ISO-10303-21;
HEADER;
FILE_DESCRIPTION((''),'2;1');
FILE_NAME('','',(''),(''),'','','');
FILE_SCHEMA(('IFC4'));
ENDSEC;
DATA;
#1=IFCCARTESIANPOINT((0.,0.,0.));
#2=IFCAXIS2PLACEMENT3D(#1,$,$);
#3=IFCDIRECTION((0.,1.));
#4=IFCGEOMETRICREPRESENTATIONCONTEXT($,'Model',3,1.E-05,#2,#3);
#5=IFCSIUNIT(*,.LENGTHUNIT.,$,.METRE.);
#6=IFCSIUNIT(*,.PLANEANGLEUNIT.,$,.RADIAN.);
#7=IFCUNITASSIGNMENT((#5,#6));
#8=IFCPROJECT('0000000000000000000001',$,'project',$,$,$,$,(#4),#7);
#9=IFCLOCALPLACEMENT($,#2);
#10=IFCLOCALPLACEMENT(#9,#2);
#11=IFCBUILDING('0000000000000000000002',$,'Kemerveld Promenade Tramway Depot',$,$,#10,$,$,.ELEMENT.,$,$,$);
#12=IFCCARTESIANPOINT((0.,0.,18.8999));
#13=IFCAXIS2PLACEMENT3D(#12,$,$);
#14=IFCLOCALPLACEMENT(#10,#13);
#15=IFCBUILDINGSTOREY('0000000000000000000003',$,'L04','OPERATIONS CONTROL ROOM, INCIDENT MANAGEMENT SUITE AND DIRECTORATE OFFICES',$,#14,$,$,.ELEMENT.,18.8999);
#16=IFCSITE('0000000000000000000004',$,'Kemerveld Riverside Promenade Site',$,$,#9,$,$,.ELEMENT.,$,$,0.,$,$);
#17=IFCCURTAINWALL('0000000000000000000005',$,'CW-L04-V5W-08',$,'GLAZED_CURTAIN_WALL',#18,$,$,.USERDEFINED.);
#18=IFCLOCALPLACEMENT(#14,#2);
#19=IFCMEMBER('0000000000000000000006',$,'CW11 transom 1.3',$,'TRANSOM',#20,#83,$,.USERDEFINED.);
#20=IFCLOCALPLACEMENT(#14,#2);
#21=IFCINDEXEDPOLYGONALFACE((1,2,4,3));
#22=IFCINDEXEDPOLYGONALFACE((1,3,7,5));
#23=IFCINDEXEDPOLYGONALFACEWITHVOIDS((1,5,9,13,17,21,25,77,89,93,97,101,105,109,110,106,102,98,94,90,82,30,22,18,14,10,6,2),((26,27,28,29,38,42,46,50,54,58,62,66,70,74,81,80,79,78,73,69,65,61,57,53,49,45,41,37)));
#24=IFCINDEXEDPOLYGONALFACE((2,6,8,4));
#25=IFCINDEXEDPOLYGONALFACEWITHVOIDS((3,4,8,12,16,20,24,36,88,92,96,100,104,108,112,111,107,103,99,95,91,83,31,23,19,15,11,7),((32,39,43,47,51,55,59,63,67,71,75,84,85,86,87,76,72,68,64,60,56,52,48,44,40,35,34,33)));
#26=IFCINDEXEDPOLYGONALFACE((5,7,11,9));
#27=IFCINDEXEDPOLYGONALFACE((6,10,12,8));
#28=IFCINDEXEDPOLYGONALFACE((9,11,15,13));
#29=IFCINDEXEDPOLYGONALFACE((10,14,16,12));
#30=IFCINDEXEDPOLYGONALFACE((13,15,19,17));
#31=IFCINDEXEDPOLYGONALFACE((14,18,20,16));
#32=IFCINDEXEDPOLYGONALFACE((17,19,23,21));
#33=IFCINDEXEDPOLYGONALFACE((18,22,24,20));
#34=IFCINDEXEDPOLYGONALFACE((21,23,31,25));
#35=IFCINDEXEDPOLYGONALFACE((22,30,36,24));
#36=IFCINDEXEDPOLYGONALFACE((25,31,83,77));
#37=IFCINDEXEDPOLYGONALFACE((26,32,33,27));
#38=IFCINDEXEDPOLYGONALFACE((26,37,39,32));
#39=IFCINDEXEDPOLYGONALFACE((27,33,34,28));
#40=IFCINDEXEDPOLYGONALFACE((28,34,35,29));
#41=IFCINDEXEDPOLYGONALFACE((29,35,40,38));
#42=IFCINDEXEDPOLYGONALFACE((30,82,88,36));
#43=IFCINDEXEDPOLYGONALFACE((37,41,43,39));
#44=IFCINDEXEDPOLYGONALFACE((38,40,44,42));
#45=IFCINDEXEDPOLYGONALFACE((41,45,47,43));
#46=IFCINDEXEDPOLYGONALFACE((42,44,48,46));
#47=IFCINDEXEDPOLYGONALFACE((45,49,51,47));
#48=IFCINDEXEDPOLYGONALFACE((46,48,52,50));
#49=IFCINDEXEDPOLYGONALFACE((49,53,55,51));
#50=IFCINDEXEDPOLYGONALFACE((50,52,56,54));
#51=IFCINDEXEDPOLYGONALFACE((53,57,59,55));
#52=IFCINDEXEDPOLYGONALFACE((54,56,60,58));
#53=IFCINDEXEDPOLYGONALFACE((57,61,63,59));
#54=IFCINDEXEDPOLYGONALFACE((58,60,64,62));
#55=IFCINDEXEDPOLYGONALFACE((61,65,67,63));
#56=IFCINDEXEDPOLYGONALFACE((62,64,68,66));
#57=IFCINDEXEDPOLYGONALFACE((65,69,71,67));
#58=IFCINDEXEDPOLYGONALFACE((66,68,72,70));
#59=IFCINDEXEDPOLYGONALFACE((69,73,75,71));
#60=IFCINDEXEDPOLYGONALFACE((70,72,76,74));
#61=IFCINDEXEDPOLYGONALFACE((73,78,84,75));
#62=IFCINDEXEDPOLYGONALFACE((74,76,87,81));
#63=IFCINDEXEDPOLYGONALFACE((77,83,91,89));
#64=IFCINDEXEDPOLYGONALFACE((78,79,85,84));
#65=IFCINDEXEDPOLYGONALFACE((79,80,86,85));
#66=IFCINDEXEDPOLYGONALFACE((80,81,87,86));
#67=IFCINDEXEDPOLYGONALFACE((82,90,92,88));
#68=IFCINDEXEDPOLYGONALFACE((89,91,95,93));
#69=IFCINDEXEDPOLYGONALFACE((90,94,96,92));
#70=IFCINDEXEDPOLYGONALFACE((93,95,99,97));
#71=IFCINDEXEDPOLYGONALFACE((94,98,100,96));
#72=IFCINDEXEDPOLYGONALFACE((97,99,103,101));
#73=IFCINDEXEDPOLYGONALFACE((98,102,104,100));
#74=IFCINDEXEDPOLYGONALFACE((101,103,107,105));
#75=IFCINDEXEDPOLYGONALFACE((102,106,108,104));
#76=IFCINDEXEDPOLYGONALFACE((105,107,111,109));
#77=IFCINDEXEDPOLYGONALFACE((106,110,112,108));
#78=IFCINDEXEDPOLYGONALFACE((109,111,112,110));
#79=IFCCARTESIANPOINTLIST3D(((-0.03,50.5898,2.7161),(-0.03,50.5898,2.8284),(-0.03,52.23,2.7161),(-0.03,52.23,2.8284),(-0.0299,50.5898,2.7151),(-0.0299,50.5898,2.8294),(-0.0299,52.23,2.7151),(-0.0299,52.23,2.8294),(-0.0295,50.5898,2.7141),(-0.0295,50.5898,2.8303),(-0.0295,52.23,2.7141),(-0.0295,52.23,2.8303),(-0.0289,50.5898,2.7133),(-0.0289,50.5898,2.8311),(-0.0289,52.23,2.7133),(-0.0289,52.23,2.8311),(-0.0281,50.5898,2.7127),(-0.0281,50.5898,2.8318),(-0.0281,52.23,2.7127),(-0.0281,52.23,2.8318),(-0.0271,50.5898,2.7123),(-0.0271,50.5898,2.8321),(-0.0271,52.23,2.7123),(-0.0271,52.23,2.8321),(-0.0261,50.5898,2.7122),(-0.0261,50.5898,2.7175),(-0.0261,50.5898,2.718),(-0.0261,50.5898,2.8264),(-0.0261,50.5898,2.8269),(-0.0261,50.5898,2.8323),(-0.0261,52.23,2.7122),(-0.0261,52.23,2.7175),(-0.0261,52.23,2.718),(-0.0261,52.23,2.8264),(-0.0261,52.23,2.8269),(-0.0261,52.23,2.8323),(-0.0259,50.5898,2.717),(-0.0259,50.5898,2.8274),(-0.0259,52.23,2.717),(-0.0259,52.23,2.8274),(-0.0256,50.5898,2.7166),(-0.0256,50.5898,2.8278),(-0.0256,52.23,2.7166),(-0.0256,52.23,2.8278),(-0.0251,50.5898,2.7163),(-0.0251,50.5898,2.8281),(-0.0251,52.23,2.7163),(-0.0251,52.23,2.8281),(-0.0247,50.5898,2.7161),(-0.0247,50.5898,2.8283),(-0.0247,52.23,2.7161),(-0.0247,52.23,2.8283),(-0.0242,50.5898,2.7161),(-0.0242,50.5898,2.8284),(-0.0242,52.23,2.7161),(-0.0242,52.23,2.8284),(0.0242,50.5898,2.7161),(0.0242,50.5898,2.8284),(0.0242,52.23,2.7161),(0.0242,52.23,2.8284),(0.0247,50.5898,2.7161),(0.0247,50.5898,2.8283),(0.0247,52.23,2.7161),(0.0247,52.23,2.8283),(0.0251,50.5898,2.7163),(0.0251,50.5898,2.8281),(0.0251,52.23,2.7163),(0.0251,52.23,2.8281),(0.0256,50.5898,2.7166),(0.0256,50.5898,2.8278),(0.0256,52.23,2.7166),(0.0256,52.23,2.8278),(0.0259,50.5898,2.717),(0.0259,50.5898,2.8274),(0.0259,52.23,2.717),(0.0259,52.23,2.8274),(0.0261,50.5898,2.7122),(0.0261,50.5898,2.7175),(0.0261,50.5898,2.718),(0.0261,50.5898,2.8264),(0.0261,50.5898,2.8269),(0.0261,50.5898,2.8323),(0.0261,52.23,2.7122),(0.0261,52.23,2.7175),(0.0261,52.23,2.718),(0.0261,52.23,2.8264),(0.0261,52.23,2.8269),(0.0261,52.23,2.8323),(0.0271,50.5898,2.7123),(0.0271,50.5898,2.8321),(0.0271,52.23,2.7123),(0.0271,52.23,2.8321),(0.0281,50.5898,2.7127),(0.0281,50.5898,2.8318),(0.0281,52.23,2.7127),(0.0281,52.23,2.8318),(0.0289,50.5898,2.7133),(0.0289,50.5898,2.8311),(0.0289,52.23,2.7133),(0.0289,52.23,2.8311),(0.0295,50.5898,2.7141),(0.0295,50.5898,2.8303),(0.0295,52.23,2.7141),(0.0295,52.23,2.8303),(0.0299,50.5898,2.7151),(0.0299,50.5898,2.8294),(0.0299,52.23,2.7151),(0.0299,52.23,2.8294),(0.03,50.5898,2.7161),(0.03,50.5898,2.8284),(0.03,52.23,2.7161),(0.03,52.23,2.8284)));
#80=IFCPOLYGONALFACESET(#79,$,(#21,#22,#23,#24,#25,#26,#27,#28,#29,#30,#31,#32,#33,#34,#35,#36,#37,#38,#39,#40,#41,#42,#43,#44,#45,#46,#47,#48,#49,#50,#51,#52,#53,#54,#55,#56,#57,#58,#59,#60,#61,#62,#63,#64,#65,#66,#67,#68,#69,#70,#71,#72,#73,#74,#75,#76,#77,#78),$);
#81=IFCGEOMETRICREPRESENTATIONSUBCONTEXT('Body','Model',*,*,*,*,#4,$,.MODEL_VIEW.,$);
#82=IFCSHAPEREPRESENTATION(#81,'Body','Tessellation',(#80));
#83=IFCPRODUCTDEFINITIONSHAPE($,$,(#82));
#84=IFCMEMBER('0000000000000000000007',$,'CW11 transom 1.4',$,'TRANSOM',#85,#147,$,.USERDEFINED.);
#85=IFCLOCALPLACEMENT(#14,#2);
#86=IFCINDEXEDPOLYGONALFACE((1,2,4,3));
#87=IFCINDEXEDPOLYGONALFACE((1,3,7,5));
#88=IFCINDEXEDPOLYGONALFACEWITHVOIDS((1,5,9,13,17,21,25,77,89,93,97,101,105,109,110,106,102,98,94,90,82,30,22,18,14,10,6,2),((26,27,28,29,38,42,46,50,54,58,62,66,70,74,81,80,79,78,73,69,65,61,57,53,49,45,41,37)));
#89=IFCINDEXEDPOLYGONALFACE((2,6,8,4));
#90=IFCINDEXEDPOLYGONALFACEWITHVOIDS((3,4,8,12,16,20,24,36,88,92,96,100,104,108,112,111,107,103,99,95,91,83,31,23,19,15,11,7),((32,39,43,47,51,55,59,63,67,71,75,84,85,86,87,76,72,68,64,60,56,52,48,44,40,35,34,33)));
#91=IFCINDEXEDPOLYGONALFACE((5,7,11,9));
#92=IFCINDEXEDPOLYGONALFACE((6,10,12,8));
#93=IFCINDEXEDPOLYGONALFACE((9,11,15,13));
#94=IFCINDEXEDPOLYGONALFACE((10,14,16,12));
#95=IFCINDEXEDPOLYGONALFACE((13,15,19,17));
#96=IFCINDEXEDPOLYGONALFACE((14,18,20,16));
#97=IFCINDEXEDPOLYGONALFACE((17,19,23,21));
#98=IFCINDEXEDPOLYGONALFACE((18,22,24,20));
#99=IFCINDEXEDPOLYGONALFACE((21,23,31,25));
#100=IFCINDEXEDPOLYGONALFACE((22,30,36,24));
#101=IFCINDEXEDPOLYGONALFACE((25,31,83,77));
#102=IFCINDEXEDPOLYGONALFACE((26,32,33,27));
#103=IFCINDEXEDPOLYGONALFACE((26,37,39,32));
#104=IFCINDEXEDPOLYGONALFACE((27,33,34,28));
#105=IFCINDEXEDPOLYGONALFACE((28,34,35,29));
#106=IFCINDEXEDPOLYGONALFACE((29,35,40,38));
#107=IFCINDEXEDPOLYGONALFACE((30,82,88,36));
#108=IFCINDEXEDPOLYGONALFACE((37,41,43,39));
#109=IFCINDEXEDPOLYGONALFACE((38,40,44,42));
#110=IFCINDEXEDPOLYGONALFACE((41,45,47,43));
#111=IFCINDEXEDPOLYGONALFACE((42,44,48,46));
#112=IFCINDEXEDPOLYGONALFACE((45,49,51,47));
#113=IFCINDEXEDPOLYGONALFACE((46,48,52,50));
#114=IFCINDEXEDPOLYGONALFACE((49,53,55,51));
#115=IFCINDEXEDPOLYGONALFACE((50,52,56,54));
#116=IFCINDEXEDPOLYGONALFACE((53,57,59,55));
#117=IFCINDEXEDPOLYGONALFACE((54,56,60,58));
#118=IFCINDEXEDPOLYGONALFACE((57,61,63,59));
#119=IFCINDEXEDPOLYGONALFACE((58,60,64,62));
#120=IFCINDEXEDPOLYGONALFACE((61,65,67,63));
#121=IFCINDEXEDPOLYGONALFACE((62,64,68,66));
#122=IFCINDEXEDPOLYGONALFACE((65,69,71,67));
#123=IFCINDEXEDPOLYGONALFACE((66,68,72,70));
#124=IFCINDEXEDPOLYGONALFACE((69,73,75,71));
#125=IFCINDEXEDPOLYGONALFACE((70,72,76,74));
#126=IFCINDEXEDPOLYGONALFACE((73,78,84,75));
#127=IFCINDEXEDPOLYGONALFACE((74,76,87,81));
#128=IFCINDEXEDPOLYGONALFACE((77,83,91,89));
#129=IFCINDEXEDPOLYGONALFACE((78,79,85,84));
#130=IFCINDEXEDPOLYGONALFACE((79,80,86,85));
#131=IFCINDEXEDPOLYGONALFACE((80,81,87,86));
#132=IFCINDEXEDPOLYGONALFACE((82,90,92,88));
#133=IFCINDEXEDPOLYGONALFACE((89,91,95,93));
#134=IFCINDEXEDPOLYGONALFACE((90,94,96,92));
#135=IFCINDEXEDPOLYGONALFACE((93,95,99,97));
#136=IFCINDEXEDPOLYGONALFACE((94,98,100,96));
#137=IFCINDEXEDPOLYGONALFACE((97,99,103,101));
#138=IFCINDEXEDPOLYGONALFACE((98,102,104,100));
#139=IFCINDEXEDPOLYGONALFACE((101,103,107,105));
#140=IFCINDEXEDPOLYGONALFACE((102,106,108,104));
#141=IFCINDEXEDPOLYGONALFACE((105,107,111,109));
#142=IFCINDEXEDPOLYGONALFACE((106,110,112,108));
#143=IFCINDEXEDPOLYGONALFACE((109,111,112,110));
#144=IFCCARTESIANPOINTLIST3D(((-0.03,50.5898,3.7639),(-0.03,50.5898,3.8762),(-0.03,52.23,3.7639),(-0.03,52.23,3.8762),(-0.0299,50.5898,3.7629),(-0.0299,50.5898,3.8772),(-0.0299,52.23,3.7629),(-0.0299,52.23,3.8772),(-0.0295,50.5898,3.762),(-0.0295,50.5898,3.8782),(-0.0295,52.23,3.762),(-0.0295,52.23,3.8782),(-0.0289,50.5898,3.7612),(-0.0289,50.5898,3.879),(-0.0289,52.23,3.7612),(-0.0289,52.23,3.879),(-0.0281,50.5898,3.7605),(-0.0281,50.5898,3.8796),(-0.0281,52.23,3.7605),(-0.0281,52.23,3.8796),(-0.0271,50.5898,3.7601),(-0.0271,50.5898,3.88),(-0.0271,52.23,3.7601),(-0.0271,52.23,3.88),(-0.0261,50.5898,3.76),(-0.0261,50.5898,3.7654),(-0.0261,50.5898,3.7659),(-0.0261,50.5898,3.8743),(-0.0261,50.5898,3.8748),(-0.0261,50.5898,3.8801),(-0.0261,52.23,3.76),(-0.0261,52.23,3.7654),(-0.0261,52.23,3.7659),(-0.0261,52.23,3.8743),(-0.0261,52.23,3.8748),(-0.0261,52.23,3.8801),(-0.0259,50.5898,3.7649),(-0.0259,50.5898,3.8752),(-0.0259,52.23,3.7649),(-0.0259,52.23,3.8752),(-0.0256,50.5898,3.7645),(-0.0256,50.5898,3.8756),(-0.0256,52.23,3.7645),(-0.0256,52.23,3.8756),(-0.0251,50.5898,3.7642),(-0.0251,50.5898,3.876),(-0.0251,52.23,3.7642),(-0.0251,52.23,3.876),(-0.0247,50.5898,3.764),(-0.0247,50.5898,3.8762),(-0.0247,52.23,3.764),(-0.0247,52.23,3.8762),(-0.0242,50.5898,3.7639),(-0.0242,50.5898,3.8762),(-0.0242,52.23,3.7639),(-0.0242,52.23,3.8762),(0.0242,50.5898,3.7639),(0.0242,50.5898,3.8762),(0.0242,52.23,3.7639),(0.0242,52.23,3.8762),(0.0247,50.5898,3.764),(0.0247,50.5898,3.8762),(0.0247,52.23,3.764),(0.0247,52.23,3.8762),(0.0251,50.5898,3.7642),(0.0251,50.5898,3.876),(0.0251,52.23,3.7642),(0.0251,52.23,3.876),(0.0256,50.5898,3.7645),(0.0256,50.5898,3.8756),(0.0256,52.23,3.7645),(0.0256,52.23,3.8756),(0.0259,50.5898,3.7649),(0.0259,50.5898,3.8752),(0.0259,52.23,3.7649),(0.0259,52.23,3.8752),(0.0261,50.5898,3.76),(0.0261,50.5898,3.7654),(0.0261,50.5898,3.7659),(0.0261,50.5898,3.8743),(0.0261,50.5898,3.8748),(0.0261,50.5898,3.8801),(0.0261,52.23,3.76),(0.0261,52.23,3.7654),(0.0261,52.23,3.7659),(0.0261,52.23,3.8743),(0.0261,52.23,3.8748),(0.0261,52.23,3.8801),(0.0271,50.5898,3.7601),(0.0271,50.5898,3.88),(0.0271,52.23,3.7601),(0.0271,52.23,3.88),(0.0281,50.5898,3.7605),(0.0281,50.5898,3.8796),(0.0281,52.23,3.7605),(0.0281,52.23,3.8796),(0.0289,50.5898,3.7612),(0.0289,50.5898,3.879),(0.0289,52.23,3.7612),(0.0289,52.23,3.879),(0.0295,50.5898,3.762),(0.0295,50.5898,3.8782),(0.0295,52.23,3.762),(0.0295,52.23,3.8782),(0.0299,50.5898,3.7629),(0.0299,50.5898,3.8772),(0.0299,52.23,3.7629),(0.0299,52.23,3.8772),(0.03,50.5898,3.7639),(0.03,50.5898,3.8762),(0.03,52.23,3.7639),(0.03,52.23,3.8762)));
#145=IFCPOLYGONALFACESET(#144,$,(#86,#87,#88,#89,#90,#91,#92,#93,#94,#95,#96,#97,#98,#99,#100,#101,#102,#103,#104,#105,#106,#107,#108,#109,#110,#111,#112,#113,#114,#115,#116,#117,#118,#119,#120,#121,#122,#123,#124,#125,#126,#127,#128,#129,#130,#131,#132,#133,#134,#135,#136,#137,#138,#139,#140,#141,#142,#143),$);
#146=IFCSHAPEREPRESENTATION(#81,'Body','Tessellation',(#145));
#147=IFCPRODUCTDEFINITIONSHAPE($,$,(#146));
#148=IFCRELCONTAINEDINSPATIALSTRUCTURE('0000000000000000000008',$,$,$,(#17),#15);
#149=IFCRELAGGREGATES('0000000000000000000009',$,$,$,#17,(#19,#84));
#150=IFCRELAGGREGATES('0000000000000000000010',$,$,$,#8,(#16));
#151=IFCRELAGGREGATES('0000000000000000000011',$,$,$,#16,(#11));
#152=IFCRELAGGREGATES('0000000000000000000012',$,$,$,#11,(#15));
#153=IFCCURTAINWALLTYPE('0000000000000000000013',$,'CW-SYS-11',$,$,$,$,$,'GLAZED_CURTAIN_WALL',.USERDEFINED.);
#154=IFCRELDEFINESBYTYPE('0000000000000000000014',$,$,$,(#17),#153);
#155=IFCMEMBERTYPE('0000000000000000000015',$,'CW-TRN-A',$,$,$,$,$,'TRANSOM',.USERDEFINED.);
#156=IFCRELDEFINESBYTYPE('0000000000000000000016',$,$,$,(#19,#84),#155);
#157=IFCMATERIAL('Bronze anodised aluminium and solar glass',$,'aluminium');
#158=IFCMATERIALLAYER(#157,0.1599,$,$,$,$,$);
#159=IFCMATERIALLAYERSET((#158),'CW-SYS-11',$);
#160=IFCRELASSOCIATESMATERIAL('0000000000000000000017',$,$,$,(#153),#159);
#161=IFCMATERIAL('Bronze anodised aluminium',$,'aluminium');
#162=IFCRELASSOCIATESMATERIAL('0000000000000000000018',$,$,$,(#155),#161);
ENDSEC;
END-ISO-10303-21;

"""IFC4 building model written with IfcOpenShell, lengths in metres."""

from ifc_helpers import new_model, si_unit, direction, frame, origin, origin_2d, place, context, subcontext, project, spatial, hollow_rectangle, extrude, material, layer, layer_set, material_profile, profile_set, type_object, element, aggregate, save


model = new_model("IFC4")

# Units and contexts
model_context = context("Model", 3, precision=1e-05, world=origin(), true_north=direction((0.0, 1.0)))
body_context = subcontext(model_context, "Body", "Model", "MODEL_VIEW")
ifc_project = project(units=[si_unit("LENGTHUNIT", "METRE"), si_unit("PLANEANGLEUNIT", "RADIAN")], contexts=[model_context])

# Site, building, storey
site_placement = place(None, origin())
site = spatial("IfcSite", under=ifc_project, at=site_placement, Name="Kemerveld Riverside Promenade Site", CompositionType="ELEMENT", RefElevation=0.0)
building_placement = place(site_placement, origin())
building = spatial("IfcBuilding", under=site, at=building_placement, Name="Kemerveld Promenade Tramway Depot", CompositionType="ELEMENT")
storey_placement = place(building_placement, frame((0.0, 0.0, 18.8999)))
storey = spatial("IfcBuildingStorey", under=building, at=storey_placement, Name="L04", Description="OPERATIONS CONTROL ROOM, INCIDENT MANAGEMENT SUITE AND DIRECTORATE OFFICES", CompositionType="ELEMENT", Elevation=18.8999)

# Curtain wall, members
ifc_material_1 = material(Name="Bronze anodised aluminium and solar glass", Category="aluminium")
ifc_layer_1 = layer(ifc_material_1, 0.1599)
ifc_layer_set_1 = layer_set([ifc_layer_1], Name="CW-SYS-11")
curtain_wall_type = type_object("IfcCurtainWallType", Name="CW-SYS-11", ElementType="GLAZED_CURTAIN_WALL", PredefinedType="USERDEFINED", material=ifc_layer_set_1)
curtain_wall_placement = place(storey_placement, origin())
curtain_wall = element("IfcCurtainWall", 1, at=curtain_wall_placement, inside=storey, type_object=curtain_wall_type, Name="CW-L04-V5W-08", ObjectType="GLAZED_CURTAIN_WALL", PredefinedType="USERDEFINED")
ifc_material_2 = material(Name="Bronze anodised aluminium", Category="aluminium")
ifc_material_profile_1 = material_profile(ifc_material_2, hollow_rectangle(XDim=0.0601, YDim=0.1201, WallThickness=0.0039, InnerFilletRadius=0.002, OuterFilletRadius=0.0039, at=origin_2d()), Name="CW-TRN-120x60")
ifc_profile_set_1 = profile_set([ifc_material_profile_1], Name="Bronze anodised aluminium")
member_type_1 = type_object("IfcMemberType", Name="CW-TRN-A", ElementType="TRANSOM", PredefinedType="USERDEFINED", material=ifc_profile_set_1)
member_1_placement = place(storey_placement, frame((0.0, 50.5898, 2.7722), z_axis=(0.0, 1.0, 0.0), x_axis=(-1.0, 0.0, 0.0)))
member_1 = element("IfcMember", 2, at=member_1_placement, type_object=member_type_1, Name="CW11 transom 1.3", ObjectType="TRANSOM", PredefinedType="USERDEFINED", context=body_context, shape_type="SweptSolid", body=[
    extrude(hollow_rectangle(XDim=0.0601, YDim=0.1201, WallThickness=0.0039, InnerFilletRadius=0.002, OuterFilletRadius=0.0039, at=origin_2d()), origin(), (0.0, 0.0, 1.0), 1.6401),
])
member_2_placement = place(storey_placement, frame((0.0, 50.5898, 3.8201), z_axis=(0.0, 1.0, 0.0), x_axis=(-1.0, 0.0, 0.0)))
member_2 = element("IfcMember", 3, at=member_2_placement, type_object=member_type_1, Name="CW11 transom 1.4", ObjectType="TRANSOM", PredefinedType="USERDEFINED", context=body_context, shape_type="SweptSolid", body=[
    extrude(hollow_rectangle(XDim=0.0601, YDim=0.1201, WallThickness=0.0039, InnerFilletRadius=0.002, OuterFilletRadius=0.0039, at=origin_2d()), origin(), (0.0, 0.0, 1.0), 1.6401),
])
aggregate(curtain_wall, [member_1, member_2])

save(model, "model.ifc")
